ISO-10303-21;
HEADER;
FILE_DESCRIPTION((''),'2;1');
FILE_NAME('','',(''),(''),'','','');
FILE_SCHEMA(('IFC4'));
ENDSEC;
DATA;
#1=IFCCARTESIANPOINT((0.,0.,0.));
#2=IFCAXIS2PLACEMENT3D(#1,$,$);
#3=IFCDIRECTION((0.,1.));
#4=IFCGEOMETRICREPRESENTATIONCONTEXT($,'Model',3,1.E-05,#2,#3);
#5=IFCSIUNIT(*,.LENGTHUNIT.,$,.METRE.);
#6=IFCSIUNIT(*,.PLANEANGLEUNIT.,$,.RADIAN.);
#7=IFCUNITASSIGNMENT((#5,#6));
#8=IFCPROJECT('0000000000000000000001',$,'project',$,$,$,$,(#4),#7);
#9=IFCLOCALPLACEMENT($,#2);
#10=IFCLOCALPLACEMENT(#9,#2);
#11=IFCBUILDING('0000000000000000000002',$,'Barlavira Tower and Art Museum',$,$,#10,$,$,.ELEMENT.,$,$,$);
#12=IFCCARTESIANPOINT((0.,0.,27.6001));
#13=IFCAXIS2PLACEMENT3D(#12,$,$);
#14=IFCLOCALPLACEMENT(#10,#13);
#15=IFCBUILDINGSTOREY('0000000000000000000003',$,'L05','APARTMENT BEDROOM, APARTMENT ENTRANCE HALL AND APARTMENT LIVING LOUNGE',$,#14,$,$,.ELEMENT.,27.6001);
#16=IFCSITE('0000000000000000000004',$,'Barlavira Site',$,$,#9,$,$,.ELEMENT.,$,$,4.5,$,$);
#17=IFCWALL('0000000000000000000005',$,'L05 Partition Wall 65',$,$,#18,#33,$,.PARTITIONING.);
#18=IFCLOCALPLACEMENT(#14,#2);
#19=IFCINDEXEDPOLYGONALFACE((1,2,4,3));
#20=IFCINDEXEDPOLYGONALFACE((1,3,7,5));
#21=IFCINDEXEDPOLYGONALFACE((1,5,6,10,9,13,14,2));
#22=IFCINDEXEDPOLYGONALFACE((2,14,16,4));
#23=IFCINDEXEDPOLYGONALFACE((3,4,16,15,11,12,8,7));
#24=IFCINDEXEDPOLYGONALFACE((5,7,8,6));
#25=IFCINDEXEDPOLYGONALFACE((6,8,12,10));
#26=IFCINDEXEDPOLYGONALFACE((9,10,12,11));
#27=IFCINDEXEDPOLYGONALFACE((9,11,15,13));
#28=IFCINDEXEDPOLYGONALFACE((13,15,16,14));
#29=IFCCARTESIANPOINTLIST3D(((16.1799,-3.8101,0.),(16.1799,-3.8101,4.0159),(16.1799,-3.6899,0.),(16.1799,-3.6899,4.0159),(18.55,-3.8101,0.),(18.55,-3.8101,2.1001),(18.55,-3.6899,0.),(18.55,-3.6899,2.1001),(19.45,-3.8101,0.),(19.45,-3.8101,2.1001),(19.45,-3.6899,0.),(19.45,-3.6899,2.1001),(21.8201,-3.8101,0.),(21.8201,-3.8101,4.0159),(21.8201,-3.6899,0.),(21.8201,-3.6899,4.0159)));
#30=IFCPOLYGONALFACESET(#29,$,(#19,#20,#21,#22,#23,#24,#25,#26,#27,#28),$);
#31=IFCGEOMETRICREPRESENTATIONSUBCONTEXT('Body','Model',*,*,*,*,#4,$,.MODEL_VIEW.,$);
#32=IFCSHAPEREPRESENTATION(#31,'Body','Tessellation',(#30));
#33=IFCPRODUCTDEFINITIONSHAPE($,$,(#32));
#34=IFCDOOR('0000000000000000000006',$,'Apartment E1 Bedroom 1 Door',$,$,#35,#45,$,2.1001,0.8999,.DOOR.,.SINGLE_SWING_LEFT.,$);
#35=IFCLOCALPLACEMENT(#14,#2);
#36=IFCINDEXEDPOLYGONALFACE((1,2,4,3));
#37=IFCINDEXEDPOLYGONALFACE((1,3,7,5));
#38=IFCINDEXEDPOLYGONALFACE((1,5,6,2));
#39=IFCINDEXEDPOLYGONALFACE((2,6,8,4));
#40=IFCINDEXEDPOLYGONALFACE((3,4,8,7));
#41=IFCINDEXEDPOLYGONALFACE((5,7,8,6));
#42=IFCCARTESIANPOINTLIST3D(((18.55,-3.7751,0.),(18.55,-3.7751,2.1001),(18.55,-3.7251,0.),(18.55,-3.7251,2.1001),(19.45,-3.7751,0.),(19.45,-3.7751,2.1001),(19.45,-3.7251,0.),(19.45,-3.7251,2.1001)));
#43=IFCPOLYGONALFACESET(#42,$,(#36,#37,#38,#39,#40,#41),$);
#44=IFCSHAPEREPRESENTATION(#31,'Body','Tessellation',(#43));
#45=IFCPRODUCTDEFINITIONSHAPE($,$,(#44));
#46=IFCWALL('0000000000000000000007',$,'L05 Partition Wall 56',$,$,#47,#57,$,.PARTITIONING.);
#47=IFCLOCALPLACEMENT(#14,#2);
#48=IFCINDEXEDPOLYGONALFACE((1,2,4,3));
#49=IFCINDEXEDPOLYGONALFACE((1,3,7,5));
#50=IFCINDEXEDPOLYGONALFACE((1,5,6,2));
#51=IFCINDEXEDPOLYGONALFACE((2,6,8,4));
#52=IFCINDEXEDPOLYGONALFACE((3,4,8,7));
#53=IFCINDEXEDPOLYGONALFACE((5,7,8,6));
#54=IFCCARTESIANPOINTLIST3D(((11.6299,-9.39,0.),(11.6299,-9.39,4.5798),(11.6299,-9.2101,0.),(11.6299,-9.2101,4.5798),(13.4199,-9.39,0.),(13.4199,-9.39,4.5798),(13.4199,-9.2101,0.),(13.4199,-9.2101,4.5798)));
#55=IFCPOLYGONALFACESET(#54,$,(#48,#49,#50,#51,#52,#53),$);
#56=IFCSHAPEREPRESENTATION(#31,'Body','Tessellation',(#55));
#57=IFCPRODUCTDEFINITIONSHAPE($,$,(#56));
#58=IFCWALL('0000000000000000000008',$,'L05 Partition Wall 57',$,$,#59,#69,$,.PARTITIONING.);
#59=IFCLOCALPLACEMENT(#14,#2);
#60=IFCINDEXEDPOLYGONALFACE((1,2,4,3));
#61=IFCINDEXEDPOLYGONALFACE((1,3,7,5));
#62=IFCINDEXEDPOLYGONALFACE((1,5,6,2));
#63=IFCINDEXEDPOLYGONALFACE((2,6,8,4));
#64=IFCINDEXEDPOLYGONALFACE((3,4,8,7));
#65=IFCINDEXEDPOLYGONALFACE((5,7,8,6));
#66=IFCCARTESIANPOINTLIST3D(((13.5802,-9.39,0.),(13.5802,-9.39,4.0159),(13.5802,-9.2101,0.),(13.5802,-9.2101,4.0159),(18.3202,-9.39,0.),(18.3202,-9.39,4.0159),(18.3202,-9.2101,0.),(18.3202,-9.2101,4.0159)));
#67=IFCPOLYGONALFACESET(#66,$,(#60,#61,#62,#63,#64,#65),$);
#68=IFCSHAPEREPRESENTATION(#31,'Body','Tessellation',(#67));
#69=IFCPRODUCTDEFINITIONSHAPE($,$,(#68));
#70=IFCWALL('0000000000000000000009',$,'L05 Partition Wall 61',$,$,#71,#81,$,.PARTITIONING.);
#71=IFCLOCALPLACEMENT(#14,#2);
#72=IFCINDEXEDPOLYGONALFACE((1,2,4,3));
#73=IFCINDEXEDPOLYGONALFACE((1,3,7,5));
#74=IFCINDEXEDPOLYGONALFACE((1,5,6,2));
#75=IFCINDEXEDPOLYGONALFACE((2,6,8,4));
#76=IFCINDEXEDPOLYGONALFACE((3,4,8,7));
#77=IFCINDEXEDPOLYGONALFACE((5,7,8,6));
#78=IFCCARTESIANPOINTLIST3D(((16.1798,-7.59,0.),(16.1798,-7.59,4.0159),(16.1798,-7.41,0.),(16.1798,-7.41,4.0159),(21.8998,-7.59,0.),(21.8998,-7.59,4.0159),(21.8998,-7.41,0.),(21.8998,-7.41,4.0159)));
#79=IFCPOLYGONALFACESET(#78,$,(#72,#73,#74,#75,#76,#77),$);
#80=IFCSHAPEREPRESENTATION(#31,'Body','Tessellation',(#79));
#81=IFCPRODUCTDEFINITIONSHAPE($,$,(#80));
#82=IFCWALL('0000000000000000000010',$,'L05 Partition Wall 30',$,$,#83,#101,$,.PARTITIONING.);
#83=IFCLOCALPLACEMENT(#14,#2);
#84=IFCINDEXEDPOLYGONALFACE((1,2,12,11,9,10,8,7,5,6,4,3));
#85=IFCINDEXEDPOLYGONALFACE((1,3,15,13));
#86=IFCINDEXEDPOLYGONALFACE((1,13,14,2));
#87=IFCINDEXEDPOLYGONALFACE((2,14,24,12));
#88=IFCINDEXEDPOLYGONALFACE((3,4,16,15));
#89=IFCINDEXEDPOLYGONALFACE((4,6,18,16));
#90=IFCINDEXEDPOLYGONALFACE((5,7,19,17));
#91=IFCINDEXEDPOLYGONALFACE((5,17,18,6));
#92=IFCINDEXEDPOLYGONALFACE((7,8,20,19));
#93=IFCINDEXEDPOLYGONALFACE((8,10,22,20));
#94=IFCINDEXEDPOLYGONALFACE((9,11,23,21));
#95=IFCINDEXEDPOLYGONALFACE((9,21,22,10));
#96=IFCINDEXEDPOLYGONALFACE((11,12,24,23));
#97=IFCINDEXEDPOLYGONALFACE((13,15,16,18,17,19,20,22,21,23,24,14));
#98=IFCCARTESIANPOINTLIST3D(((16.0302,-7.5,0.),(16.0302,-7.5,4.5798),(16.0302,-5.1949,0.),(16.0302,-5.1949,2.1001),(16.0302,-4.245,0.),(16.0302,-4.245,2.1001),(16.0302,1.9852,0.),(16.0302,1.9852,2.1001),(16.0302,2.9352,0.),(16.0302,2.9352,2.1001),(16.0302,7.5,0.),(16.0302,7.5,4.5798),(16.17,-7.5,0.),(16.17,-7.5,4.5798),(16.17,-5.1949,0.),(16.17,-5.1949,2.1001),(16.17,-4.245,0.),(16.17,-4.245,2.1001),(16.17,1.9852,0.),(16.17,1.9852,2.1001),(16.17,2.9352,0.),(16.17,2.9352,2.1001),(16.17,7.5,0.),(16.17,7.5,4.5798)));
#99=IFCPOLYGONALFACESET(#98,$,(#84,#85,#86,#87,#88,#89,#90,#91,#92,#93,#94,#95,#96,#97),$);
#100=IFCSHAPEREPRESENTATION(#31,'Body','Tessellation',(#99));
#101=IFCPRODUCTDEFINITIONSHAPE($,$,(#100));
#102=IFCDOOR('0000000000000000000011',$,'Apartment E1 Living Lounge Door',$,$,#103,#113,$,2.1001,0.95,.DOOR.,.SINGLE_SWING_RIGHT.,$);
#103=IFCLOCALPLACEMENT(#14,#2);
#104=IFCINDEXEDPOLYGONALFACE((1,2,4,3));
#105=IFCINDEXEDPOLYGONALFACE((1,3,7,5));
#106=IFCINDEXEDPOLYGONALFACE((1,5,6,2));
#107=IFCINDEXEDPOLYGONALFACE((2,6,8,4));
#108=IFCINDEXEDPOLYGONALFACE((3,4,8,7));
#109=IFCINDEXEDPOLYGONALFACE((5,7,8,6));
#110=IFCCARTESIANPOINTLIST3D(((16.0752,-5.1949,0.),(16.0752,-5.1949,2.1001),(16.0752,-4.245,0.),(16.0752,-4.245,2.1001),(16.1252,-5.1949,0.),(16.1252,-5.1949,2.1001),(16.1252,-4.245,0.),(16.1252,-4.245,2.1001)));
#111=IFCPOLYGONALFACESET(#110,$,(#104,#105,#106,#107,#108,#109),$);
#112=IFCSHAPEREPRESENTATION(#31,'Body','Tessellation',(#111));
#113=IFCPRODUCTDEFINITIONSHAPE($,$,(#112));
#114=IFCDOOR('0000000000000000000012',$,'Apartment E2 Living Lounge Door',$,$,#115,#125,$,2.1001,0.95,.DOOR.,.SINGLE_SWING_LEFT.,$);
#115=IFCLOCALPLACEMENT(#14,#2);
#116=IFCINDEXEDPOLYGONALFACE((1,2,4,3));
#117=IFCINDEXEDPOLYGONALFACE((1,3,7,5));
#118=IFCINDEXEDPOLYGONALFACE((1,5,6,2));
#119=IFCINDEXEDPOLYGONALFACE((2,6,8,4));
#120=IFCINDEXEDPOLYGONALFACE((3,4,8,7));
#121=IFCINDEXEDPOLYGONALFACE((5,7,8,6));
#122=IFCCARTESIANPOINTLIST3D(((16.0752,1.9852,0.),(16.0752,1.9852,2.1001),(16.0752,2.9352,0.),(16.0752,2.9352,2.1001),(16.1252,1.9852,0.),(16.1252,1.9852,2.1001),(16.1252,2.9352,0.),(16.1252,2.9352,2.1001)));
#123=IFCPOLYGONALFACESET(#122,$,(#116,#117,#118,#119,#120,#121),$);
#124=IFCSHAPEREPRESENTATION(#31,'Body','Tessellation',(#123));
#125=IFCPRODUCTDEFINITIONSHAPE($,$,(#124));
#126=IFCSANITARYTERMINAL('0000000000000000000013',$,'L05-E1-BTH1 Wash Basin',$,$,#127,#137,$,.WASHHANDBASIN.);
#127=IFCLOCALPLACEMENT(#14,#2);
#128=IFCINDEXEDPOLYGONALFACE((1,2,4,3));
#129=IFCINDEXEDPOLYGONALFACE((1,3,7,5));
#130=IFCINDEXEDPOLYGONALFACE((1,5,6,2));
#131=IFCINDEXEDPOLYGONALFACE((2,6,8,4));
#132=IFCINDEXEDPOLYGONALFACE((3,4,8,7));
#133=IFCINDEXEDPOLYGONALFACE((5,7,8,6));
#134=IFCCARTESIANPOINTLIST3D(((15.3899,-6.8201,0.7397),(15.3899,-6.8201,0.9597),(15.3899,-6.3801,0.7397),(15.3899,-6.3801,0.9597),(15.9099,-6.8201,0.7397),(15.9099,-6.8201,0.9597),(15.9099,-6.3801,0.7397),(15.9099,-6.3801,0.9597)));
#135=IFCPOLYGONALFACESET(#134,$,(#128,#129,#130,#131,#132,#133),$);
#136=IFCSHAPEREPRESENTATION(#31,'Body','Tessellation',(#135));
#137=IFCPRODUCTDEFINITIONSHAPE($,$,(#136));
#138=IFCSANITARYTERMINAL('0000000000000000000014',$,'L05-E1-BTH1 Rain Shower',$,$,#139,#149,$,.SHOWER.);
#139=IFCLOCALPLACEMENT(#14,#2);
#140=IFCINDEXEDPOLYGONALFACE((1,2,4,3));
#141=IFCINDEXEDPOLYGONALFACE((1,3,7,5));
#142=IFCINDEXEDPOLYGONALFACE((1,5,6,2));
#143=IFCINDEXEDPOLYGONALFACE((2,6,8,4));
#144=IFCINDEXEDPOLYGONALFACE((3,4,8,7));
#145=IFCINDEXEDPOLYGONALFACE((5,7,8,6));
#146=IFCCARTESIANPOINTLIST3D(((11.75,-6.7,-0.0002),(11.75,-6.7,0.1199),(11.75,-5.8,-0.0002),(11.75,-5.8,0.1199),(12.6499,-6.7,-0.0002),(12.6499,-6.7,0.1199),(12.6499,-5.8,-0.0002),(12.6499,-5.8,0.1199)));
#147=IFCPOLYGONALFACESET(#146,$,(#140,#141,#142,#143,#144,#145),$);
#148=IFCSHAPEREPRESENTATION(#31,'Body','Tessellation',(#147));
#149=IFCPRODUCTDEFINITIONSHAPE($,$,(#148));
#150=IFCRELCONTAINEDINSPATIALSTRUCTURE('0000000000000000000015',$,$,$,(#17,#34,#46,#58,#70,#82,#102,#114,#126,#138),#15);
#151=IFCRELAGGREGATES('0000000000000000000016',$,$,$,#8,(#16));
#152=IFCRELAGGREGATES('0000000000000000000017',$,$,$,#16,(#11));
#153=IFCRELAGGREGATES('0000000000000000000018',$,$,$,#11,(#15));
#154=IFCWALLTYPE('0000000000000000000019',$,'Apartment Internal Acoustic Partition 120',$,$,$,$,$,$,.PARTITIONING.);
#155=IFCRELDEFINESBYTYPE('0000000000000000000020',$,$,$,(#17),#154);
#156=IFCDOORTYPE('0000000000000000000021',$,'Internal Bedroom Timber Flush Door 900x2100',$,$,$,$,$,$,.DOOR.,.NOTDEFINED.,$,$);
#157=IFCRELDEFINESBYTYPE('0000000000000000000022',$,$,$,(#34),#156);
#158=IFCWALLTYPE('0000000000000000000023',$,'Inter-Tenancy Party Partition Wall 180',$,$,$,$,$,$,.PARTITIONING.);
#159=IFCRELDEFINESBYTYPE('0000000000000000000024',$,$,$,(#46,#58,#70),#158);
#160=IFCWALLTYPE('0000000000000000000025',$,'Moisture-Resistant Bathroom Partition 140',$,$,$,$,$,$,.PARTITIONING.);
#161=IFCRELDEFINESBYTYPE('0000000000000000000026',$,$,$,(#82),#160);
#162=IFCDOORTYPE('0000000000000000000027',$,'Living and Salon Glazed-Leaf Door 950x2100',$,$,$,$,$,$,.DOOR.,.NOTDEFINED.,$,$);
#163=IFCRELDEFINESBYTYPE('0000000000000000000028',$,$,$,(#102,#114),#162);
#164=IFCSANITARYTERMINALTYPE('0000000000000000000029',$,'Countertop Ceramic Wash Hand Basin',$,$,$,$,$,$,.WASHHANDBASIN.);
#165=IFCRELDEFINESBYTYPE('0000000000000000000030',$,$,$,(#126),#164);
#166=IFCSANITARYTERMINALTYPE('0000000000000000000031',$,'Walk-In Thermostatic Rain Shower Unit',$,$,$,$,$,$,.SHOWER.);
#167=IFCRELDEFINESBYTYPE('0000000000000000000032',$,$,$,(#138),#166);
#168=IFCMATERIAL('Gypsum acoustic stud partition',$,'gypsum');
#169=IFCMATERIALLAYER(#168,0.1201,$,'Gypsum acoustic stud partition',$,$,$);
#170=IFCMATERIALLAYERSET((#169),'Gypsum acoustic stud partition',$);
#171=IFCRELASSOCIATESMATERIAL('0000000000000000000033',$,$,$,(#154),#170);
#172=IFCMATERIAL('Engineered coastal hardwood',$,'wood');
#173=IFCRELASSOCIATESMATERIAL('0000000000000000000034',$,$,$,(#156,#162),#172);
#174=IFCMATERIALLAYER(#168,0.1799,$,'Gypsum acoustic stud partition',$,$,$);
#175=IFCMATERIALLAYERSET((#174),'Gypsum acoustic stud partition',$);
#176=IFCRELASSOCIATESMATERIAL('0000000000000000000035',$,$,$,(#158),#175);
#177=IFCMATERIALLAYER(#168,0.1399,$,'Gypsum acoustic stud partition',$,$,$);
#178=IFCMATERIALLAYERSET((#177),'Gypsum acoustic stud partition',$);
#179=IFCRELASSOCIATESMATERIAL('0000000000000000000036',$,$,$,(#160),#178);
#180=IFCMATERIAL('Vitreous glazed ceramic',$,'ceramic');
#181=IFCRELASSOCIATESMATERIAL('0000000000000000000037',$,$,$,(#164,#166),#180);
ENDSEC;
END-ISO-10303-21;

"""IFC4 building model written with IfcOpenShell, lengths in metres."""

from ifc_helpers import new_model, si_unit, direction, frame, frame_2d, origin, origin_2d, place, context, subcontext, project, spatial, rectangle, extrude, material, layer, layer_set, type_object, element, fill, save


model = new_model("IFC4")

# Units and contexts
model_context = context("Model", 3, precision=1e-05, world=origin(), true_north=direction((0.0, 1.0)))
body_context = subcontext(model_context, "Body", "Model", "MODEL_VIEW")
ifc_project = project(units=[si_unit("LENGTHUNIT", "METRE"), si_unit("PLANEANGLEUNIT", "RADIAN")], contexts=[model_context])

# Site, building, storey
site_placement = place(None, origin())
site = spatial("IfcSite", under=ifc_project, at=site_placement, Name="Barlavira Site", CompositionType="ELEMENT", RefElevation=4.5)
building_placement = place(site_placement, origin())
building = spatial("IfcBuilding", under=site, at=building_placement, Name="Barlavira Tower and Art Museum", CompositionType="ELEMENT")
storey_placement = place(building_placement, frame((0.0, 0.0, 27.6001)))
storey = spatial("IfcBuildingStorey", under=building, at=storey_placement, Name="L05", Description="APARTMENT BEDROOM, APARTMENT ENTRANCE HALL AND APARTMENT LIVING LOUNGE", CompositionType="ELEMENT", Elevation=27.6001)

# Wall, opening, door
ifc_material_1 = material(Name="Gypsum acoustic stud partition", Category="gypsum")
ifc_layer_1 = layer(ifc_material_1, 0.1201, Name="Gypsum acoustic stud partition")
ifc_layer_set_1 = layer_set([ifc_layer_1], Name="Gypsum acoustic stud partition")
wall_type_1 = type_object("IfcWallType", Name="Apartment Internal Acoustic Partition 120", PredefinedType="PARTITIONING", material=ifc_layer_set_1)
wall_1_placement = place(storey_placement, frame((16.1799, -3.75, 0.0), z_axis=(0.0, 0.0, 1.0), x_axis=(1.0, 0.0, 0.0)))
wall_1 = element("IfcWall", 1, at=wall_1_placement, inside=storey, type_object=wall_type_1, Name="L05 Partition Wall 65", PredefinedType="PARTITIONING", context=body_context, shape_type="SweptSolid", body=[
    extrude(rectangle(XDim=5.6401, YDim=0.1201, at=frame_2d((2.8201, 0.0))), origin(), (0.0, 0.0, 1.0), 4.0159),
])
opening_1_placement = place(wall_1_placement, frame((2.3701, 0.0, 0.0)))
opening_1 = element("IfcOpeningElement", 2, at=opening_1_placement, cuts=wall_1, PredefinedType="OPENING", context=body_context, shape_type="SweptSolid", body=[
    extrude(rectangle(XDim=0.8999, YDim=2.1001, at=frame_2d((0.45, 1.05))), frame((0.0, 0.0701, 0.0), z_axis=(0.0, -1.0, 0.0), x_axis=(1.0, 0.0, 0.0)), (0.0, 0.0, 1.0), 0.1401),
])
ifc_material_2 = material(Name="Engineered coastal hardwood", Category="wood")
door_type_1 = type_object("IfcDoorType", Name="Internal Bedroom Timber Flush Door 900x2100", OperationType="NOTDEFINED", PredefinedType="DOOR", material=ifc_material_2)
door_1_placement = place(opening_1_placement, origin())
door_1 = element("IfcDoor", 3, at=door_1_placement, inside=storey, type_object=door_type_1, Name="Apartment E1 Bedroom 1 Door", OperationType="SINGLE_SWING_LEFT", OverallHeight=2.1001, OverallWidth=0.8999, PredefinedType="DOOR", context=body_context, shape_type="SweptSolid", body=[
    extrude(rectangle(XDim=0.8999, YDim=2.1001, at=frame_2d((0.45, 1.05))), frame((0.0, 0.0249, 0.0), z_axis=(0.0, -1.0, 0.0), x_axis=(1.0, 0.0, 0.0)), (0.0, 0.0, 1.0), 0.05),
])
fill(opening_1, door_1)

# Walls
ifc_layer_2 = layer(ifc_material_1, 0.1799, Name="Gypsum acoustic stud partition")
ifc_layer_set_2 = layer_set([ifc_layer_2], Name="Gypsum acoustic stud partition")
wall_type_2 = type_object("IfcWallType", Name="Inter-Tenancy Party Partition Wall 180", PredefinedType="PARTITIONING", material=ifc_layer_set_2)
wall_2_placement = place(storey_placement, frame((11.6299, -9.3, 0.0), z_axis=(0.0, 0.0, 1.0), x_axis=(1.0, 0.0, 0.0)))
element("IfcWall", 4, at=wall_2_placement, inside=storey, type_object=wall_type_2, Name="L05 Partition Wall 56", PredefinedType="PARTITIONING", context=body_context, shape_type="SweptSolid", body=[
    extrude(rectangle(XDim=1.79, YDim=0.1799, at=frame_2d((0.895, 0.0))), origin(), (0.0, 0.0, 1.0), 4.5798),
])
wall_3_placement = place(storey_placement, frame((13.5801, -9.3, 0.0), z_axis=(0.0, 0.0, 1.0), x_axis=(1.0, 0.0, 0.0)))
element("IfcWall", 5, at=wall_3_placement, inside=storey, type_object=wall_type_2, Name="L05 Partition Wall 57", PredefinedType="PARTITIONING", context=body_context, shape_type="SweptSolid", body=[
    extrude(rectangle(XDim=4.74, YDim=0.1799, at=frame_2d((2.3701, 0.0))), origin(), (0.0, 0.0, 1.0), 4.0159),
])
wall_4_placement = place(storey_placement, frame((16.1799, -7.5, 0.0), z_axis=(0.0, 0.0, 1.0), x_axis=(1.0, 0.0, 0.0)))
element("IfcWall", 6, at=wall_4_placement, inside=storey, type_object=wall_type_2, Name="L05 Partition Wall 61", PredefinedType="PARTITIONING", context=body_context, shape_type="SweptSolid", body=[
    extrude(rectangle(XDim=5.72, YDim=0.1799, at=frame_2d((2.8599, 0.0))), origin(), (0.0, 0.0, 1.0), 4.0159),
])

# Wall, openings, doors
ifc_layer_3 = layer(ifc_material_1, 0.1399, Name="Gypsum acoustic stud partition")
ifc_layer_set_3 = layer_set([ifc_layer_3], Name="Gypsum acoustic stud partition")
wall_type_3 = type_object("IfcWallType", Name="Moisture-Resistant Bathroom Partition 140", PredefinedType="PARTITIONING", material=ifc_layer_set_3)
wall_5_placement = place(storey_placement, frame((16.1001, -7.5, 0.0), z_axis=(0.0, 0.0, 1.0), x_axis=(0.0, 1.0, 0.0)))
wall_5 = element("IfcWall", 7, at=wall_5_placement, inside=storey, type_object=wall_type_3, Name="L05 Partition Wall 30", PredefinedType="PARTITIONING", context=body_context, shape_type="SweptSolid", body=[
    extrude(rectangle(XDim=15.0, YDim=0.1399, at=frame_2d((7.5, 0.0))), origin(), (0.0, 0.0, 1.0), 4.5798),
])
opening_2_placement = place(wall_5_placement, frame((2.3049, 0.0, 0.0)))
opening_2 = element("IfcOpeningElement", 8, at=opening_2_placement, cuts=wall_5, PredefinedType="OPENING", context=body_context, shape_type="SweptSolid", body=[
    extrude(rectangle(XDim=0.95, YDim=2.1001, at=frame_2d((0.4751, 1.05))), frame((0.0, 0.0801, 0.0), z_axis=(0.0, -1.0, 0.0), x_axis=(1.0, 0.0, 0.0)), (0.0, 0.0, 1.0), 0.1599),
])
opening_3_placement = place(wall_5_placement, frame((9.4851, 0.0, 0.0)))
opening_3 = element("IfcOpeningElement", 9, at=opening_3_placement, cuts=wall_5, PredefinedType="OPENING", context=body_context, shape_type="SweptSolid", body=[
    extrude(rectangle(XDim=0.95, YDim=2.1001, at=frame_2d((0.4751, 1.05))), frame((0.0, 0.0801, 0.0), z_axis=(0.0, -1.0, 0.0), x_axis=(1.0, 0.0, 0.0)), (0.0, 0.0, 1.0), 0.1599),
])
door_type_2 = type_object("IfcDoorType", Name="Living and Salon Glazed-Leaf Door 950x2100", OperationType="NOTDEFINED", PredefinedType="DOOR", material=ifc_material_2)
door_2_placement = place(opening_2_placement, origin())
door_2 = element("IfcDoor", 10, at=door_2_placement, inside=storey, type_object=door_type_2, Name="Apartment E1 Living Lounge Door", OperationType="SINGLE_SWING_RIGHT", OverallHeight=2.1001, OverallWidth=0.95, PredefinedType="DOOR", context=body_context, shape_type="SweptSolid", body=[
    extrude(rectangle(XDim=0.95, YDim=2.1001, at=frame_2d((0.4751, 1.05))), frame((0.0, 0.0249, 0.0), z_axis=(0.0, -1.0, 0.0), x_axis=(1.0, 0.0, 0.0)), (0.0, 0.0, 1.0), 0.05),
])
fill(opening_2, door_2)
door_3_placement = place(opening_3_placement, origin())
door_3 = element("IfcDoor", 11, at=door_3_placement, inside=storey, type_object=door_type_2, Name="Apartment E2 Living Lounge Door", OperationType="SINGLE_SWING_LEFT", OverallHeight=2.1001, OverallWidth=0.95, PredefinedType="DOOR", context=body_context, shape_type="SweptSolid", body=[
    extrude(rectangle(XDim=0.95, YDim=2.1001, at=frame_2d((0.4751, 1.05))), frame((0.0, 0.0249, 0.0), z_axis=(0.0, -1.0, 0.0), x_axis=(1.0, 0.0, 0.0)), (0.0, 0.0, 1.0), 0.05),
])
fill(opening_3, door_3)

# Sanitary terminals
ifc_material_3 = material(Name="Vitreous glazed ceramic", Category="ceramic")
sanitary_terminal_type_1 = type_object("IfcSanitaryTerminalType", Name="Countertop Ceramic Wash Hand Basin", PredefinedType="WASHHANDBASIN", material=ifc_material_3)
sanitary_terminal_1_placement = place(storey_placement, frame((15.6499, -6.6001, 0.7397), z_axis=(0.0, 0.0, 1.0), x_axis=(1.0, 0.0, 0.0)))
element("IfcSanitaryTerminal", 12, at=sanitary_terminal_1_placement, inside=storey, type_object=sanitary_terminal_type_1, Name="L05-E1-BTH1 Wash Basin", PredefinedType="WASHHANDBASIN", context=body_context, shape_type="SweptSolid", body=[
    extrude(rectangle(XDim=0.52, YDim=0.4399, at=origin_2d()), origin(), (0.0, 0.0, 1.0), 0.22),
])
sanitary_terminal_type_2 = type_object("IfcSanitaryTerminalType", Name="Walk-In Thermostatic Rain Shower Unit", PredefinedType="SHOWER", material=ifc_material_3)
sanitary_terminal_2_placement = place(storey_placement, frame((12.2, -6.25, -0.0002), z_axis=(0.0, 0.0, 1.0), x_axis=(1.0, 0.0, 0.0)))
element("IfcSanitaryTerminal", 13, at=sanitary_terminal_2_placement, inside=storey, type_object=sanitary_terminal_type_2, Name="L05-E1-BTH1 Rain Shower", PredefinedType="SHOWER", context=body_context, shape_type="SweptSolid", body=[
    extrude(rectangle(XDim=0.8999, YDim=0.8999, at=origin_2d()), origin(), (0.0, 0.0, 1.0), 0.1201),
])

save(model, "model.ifc")
